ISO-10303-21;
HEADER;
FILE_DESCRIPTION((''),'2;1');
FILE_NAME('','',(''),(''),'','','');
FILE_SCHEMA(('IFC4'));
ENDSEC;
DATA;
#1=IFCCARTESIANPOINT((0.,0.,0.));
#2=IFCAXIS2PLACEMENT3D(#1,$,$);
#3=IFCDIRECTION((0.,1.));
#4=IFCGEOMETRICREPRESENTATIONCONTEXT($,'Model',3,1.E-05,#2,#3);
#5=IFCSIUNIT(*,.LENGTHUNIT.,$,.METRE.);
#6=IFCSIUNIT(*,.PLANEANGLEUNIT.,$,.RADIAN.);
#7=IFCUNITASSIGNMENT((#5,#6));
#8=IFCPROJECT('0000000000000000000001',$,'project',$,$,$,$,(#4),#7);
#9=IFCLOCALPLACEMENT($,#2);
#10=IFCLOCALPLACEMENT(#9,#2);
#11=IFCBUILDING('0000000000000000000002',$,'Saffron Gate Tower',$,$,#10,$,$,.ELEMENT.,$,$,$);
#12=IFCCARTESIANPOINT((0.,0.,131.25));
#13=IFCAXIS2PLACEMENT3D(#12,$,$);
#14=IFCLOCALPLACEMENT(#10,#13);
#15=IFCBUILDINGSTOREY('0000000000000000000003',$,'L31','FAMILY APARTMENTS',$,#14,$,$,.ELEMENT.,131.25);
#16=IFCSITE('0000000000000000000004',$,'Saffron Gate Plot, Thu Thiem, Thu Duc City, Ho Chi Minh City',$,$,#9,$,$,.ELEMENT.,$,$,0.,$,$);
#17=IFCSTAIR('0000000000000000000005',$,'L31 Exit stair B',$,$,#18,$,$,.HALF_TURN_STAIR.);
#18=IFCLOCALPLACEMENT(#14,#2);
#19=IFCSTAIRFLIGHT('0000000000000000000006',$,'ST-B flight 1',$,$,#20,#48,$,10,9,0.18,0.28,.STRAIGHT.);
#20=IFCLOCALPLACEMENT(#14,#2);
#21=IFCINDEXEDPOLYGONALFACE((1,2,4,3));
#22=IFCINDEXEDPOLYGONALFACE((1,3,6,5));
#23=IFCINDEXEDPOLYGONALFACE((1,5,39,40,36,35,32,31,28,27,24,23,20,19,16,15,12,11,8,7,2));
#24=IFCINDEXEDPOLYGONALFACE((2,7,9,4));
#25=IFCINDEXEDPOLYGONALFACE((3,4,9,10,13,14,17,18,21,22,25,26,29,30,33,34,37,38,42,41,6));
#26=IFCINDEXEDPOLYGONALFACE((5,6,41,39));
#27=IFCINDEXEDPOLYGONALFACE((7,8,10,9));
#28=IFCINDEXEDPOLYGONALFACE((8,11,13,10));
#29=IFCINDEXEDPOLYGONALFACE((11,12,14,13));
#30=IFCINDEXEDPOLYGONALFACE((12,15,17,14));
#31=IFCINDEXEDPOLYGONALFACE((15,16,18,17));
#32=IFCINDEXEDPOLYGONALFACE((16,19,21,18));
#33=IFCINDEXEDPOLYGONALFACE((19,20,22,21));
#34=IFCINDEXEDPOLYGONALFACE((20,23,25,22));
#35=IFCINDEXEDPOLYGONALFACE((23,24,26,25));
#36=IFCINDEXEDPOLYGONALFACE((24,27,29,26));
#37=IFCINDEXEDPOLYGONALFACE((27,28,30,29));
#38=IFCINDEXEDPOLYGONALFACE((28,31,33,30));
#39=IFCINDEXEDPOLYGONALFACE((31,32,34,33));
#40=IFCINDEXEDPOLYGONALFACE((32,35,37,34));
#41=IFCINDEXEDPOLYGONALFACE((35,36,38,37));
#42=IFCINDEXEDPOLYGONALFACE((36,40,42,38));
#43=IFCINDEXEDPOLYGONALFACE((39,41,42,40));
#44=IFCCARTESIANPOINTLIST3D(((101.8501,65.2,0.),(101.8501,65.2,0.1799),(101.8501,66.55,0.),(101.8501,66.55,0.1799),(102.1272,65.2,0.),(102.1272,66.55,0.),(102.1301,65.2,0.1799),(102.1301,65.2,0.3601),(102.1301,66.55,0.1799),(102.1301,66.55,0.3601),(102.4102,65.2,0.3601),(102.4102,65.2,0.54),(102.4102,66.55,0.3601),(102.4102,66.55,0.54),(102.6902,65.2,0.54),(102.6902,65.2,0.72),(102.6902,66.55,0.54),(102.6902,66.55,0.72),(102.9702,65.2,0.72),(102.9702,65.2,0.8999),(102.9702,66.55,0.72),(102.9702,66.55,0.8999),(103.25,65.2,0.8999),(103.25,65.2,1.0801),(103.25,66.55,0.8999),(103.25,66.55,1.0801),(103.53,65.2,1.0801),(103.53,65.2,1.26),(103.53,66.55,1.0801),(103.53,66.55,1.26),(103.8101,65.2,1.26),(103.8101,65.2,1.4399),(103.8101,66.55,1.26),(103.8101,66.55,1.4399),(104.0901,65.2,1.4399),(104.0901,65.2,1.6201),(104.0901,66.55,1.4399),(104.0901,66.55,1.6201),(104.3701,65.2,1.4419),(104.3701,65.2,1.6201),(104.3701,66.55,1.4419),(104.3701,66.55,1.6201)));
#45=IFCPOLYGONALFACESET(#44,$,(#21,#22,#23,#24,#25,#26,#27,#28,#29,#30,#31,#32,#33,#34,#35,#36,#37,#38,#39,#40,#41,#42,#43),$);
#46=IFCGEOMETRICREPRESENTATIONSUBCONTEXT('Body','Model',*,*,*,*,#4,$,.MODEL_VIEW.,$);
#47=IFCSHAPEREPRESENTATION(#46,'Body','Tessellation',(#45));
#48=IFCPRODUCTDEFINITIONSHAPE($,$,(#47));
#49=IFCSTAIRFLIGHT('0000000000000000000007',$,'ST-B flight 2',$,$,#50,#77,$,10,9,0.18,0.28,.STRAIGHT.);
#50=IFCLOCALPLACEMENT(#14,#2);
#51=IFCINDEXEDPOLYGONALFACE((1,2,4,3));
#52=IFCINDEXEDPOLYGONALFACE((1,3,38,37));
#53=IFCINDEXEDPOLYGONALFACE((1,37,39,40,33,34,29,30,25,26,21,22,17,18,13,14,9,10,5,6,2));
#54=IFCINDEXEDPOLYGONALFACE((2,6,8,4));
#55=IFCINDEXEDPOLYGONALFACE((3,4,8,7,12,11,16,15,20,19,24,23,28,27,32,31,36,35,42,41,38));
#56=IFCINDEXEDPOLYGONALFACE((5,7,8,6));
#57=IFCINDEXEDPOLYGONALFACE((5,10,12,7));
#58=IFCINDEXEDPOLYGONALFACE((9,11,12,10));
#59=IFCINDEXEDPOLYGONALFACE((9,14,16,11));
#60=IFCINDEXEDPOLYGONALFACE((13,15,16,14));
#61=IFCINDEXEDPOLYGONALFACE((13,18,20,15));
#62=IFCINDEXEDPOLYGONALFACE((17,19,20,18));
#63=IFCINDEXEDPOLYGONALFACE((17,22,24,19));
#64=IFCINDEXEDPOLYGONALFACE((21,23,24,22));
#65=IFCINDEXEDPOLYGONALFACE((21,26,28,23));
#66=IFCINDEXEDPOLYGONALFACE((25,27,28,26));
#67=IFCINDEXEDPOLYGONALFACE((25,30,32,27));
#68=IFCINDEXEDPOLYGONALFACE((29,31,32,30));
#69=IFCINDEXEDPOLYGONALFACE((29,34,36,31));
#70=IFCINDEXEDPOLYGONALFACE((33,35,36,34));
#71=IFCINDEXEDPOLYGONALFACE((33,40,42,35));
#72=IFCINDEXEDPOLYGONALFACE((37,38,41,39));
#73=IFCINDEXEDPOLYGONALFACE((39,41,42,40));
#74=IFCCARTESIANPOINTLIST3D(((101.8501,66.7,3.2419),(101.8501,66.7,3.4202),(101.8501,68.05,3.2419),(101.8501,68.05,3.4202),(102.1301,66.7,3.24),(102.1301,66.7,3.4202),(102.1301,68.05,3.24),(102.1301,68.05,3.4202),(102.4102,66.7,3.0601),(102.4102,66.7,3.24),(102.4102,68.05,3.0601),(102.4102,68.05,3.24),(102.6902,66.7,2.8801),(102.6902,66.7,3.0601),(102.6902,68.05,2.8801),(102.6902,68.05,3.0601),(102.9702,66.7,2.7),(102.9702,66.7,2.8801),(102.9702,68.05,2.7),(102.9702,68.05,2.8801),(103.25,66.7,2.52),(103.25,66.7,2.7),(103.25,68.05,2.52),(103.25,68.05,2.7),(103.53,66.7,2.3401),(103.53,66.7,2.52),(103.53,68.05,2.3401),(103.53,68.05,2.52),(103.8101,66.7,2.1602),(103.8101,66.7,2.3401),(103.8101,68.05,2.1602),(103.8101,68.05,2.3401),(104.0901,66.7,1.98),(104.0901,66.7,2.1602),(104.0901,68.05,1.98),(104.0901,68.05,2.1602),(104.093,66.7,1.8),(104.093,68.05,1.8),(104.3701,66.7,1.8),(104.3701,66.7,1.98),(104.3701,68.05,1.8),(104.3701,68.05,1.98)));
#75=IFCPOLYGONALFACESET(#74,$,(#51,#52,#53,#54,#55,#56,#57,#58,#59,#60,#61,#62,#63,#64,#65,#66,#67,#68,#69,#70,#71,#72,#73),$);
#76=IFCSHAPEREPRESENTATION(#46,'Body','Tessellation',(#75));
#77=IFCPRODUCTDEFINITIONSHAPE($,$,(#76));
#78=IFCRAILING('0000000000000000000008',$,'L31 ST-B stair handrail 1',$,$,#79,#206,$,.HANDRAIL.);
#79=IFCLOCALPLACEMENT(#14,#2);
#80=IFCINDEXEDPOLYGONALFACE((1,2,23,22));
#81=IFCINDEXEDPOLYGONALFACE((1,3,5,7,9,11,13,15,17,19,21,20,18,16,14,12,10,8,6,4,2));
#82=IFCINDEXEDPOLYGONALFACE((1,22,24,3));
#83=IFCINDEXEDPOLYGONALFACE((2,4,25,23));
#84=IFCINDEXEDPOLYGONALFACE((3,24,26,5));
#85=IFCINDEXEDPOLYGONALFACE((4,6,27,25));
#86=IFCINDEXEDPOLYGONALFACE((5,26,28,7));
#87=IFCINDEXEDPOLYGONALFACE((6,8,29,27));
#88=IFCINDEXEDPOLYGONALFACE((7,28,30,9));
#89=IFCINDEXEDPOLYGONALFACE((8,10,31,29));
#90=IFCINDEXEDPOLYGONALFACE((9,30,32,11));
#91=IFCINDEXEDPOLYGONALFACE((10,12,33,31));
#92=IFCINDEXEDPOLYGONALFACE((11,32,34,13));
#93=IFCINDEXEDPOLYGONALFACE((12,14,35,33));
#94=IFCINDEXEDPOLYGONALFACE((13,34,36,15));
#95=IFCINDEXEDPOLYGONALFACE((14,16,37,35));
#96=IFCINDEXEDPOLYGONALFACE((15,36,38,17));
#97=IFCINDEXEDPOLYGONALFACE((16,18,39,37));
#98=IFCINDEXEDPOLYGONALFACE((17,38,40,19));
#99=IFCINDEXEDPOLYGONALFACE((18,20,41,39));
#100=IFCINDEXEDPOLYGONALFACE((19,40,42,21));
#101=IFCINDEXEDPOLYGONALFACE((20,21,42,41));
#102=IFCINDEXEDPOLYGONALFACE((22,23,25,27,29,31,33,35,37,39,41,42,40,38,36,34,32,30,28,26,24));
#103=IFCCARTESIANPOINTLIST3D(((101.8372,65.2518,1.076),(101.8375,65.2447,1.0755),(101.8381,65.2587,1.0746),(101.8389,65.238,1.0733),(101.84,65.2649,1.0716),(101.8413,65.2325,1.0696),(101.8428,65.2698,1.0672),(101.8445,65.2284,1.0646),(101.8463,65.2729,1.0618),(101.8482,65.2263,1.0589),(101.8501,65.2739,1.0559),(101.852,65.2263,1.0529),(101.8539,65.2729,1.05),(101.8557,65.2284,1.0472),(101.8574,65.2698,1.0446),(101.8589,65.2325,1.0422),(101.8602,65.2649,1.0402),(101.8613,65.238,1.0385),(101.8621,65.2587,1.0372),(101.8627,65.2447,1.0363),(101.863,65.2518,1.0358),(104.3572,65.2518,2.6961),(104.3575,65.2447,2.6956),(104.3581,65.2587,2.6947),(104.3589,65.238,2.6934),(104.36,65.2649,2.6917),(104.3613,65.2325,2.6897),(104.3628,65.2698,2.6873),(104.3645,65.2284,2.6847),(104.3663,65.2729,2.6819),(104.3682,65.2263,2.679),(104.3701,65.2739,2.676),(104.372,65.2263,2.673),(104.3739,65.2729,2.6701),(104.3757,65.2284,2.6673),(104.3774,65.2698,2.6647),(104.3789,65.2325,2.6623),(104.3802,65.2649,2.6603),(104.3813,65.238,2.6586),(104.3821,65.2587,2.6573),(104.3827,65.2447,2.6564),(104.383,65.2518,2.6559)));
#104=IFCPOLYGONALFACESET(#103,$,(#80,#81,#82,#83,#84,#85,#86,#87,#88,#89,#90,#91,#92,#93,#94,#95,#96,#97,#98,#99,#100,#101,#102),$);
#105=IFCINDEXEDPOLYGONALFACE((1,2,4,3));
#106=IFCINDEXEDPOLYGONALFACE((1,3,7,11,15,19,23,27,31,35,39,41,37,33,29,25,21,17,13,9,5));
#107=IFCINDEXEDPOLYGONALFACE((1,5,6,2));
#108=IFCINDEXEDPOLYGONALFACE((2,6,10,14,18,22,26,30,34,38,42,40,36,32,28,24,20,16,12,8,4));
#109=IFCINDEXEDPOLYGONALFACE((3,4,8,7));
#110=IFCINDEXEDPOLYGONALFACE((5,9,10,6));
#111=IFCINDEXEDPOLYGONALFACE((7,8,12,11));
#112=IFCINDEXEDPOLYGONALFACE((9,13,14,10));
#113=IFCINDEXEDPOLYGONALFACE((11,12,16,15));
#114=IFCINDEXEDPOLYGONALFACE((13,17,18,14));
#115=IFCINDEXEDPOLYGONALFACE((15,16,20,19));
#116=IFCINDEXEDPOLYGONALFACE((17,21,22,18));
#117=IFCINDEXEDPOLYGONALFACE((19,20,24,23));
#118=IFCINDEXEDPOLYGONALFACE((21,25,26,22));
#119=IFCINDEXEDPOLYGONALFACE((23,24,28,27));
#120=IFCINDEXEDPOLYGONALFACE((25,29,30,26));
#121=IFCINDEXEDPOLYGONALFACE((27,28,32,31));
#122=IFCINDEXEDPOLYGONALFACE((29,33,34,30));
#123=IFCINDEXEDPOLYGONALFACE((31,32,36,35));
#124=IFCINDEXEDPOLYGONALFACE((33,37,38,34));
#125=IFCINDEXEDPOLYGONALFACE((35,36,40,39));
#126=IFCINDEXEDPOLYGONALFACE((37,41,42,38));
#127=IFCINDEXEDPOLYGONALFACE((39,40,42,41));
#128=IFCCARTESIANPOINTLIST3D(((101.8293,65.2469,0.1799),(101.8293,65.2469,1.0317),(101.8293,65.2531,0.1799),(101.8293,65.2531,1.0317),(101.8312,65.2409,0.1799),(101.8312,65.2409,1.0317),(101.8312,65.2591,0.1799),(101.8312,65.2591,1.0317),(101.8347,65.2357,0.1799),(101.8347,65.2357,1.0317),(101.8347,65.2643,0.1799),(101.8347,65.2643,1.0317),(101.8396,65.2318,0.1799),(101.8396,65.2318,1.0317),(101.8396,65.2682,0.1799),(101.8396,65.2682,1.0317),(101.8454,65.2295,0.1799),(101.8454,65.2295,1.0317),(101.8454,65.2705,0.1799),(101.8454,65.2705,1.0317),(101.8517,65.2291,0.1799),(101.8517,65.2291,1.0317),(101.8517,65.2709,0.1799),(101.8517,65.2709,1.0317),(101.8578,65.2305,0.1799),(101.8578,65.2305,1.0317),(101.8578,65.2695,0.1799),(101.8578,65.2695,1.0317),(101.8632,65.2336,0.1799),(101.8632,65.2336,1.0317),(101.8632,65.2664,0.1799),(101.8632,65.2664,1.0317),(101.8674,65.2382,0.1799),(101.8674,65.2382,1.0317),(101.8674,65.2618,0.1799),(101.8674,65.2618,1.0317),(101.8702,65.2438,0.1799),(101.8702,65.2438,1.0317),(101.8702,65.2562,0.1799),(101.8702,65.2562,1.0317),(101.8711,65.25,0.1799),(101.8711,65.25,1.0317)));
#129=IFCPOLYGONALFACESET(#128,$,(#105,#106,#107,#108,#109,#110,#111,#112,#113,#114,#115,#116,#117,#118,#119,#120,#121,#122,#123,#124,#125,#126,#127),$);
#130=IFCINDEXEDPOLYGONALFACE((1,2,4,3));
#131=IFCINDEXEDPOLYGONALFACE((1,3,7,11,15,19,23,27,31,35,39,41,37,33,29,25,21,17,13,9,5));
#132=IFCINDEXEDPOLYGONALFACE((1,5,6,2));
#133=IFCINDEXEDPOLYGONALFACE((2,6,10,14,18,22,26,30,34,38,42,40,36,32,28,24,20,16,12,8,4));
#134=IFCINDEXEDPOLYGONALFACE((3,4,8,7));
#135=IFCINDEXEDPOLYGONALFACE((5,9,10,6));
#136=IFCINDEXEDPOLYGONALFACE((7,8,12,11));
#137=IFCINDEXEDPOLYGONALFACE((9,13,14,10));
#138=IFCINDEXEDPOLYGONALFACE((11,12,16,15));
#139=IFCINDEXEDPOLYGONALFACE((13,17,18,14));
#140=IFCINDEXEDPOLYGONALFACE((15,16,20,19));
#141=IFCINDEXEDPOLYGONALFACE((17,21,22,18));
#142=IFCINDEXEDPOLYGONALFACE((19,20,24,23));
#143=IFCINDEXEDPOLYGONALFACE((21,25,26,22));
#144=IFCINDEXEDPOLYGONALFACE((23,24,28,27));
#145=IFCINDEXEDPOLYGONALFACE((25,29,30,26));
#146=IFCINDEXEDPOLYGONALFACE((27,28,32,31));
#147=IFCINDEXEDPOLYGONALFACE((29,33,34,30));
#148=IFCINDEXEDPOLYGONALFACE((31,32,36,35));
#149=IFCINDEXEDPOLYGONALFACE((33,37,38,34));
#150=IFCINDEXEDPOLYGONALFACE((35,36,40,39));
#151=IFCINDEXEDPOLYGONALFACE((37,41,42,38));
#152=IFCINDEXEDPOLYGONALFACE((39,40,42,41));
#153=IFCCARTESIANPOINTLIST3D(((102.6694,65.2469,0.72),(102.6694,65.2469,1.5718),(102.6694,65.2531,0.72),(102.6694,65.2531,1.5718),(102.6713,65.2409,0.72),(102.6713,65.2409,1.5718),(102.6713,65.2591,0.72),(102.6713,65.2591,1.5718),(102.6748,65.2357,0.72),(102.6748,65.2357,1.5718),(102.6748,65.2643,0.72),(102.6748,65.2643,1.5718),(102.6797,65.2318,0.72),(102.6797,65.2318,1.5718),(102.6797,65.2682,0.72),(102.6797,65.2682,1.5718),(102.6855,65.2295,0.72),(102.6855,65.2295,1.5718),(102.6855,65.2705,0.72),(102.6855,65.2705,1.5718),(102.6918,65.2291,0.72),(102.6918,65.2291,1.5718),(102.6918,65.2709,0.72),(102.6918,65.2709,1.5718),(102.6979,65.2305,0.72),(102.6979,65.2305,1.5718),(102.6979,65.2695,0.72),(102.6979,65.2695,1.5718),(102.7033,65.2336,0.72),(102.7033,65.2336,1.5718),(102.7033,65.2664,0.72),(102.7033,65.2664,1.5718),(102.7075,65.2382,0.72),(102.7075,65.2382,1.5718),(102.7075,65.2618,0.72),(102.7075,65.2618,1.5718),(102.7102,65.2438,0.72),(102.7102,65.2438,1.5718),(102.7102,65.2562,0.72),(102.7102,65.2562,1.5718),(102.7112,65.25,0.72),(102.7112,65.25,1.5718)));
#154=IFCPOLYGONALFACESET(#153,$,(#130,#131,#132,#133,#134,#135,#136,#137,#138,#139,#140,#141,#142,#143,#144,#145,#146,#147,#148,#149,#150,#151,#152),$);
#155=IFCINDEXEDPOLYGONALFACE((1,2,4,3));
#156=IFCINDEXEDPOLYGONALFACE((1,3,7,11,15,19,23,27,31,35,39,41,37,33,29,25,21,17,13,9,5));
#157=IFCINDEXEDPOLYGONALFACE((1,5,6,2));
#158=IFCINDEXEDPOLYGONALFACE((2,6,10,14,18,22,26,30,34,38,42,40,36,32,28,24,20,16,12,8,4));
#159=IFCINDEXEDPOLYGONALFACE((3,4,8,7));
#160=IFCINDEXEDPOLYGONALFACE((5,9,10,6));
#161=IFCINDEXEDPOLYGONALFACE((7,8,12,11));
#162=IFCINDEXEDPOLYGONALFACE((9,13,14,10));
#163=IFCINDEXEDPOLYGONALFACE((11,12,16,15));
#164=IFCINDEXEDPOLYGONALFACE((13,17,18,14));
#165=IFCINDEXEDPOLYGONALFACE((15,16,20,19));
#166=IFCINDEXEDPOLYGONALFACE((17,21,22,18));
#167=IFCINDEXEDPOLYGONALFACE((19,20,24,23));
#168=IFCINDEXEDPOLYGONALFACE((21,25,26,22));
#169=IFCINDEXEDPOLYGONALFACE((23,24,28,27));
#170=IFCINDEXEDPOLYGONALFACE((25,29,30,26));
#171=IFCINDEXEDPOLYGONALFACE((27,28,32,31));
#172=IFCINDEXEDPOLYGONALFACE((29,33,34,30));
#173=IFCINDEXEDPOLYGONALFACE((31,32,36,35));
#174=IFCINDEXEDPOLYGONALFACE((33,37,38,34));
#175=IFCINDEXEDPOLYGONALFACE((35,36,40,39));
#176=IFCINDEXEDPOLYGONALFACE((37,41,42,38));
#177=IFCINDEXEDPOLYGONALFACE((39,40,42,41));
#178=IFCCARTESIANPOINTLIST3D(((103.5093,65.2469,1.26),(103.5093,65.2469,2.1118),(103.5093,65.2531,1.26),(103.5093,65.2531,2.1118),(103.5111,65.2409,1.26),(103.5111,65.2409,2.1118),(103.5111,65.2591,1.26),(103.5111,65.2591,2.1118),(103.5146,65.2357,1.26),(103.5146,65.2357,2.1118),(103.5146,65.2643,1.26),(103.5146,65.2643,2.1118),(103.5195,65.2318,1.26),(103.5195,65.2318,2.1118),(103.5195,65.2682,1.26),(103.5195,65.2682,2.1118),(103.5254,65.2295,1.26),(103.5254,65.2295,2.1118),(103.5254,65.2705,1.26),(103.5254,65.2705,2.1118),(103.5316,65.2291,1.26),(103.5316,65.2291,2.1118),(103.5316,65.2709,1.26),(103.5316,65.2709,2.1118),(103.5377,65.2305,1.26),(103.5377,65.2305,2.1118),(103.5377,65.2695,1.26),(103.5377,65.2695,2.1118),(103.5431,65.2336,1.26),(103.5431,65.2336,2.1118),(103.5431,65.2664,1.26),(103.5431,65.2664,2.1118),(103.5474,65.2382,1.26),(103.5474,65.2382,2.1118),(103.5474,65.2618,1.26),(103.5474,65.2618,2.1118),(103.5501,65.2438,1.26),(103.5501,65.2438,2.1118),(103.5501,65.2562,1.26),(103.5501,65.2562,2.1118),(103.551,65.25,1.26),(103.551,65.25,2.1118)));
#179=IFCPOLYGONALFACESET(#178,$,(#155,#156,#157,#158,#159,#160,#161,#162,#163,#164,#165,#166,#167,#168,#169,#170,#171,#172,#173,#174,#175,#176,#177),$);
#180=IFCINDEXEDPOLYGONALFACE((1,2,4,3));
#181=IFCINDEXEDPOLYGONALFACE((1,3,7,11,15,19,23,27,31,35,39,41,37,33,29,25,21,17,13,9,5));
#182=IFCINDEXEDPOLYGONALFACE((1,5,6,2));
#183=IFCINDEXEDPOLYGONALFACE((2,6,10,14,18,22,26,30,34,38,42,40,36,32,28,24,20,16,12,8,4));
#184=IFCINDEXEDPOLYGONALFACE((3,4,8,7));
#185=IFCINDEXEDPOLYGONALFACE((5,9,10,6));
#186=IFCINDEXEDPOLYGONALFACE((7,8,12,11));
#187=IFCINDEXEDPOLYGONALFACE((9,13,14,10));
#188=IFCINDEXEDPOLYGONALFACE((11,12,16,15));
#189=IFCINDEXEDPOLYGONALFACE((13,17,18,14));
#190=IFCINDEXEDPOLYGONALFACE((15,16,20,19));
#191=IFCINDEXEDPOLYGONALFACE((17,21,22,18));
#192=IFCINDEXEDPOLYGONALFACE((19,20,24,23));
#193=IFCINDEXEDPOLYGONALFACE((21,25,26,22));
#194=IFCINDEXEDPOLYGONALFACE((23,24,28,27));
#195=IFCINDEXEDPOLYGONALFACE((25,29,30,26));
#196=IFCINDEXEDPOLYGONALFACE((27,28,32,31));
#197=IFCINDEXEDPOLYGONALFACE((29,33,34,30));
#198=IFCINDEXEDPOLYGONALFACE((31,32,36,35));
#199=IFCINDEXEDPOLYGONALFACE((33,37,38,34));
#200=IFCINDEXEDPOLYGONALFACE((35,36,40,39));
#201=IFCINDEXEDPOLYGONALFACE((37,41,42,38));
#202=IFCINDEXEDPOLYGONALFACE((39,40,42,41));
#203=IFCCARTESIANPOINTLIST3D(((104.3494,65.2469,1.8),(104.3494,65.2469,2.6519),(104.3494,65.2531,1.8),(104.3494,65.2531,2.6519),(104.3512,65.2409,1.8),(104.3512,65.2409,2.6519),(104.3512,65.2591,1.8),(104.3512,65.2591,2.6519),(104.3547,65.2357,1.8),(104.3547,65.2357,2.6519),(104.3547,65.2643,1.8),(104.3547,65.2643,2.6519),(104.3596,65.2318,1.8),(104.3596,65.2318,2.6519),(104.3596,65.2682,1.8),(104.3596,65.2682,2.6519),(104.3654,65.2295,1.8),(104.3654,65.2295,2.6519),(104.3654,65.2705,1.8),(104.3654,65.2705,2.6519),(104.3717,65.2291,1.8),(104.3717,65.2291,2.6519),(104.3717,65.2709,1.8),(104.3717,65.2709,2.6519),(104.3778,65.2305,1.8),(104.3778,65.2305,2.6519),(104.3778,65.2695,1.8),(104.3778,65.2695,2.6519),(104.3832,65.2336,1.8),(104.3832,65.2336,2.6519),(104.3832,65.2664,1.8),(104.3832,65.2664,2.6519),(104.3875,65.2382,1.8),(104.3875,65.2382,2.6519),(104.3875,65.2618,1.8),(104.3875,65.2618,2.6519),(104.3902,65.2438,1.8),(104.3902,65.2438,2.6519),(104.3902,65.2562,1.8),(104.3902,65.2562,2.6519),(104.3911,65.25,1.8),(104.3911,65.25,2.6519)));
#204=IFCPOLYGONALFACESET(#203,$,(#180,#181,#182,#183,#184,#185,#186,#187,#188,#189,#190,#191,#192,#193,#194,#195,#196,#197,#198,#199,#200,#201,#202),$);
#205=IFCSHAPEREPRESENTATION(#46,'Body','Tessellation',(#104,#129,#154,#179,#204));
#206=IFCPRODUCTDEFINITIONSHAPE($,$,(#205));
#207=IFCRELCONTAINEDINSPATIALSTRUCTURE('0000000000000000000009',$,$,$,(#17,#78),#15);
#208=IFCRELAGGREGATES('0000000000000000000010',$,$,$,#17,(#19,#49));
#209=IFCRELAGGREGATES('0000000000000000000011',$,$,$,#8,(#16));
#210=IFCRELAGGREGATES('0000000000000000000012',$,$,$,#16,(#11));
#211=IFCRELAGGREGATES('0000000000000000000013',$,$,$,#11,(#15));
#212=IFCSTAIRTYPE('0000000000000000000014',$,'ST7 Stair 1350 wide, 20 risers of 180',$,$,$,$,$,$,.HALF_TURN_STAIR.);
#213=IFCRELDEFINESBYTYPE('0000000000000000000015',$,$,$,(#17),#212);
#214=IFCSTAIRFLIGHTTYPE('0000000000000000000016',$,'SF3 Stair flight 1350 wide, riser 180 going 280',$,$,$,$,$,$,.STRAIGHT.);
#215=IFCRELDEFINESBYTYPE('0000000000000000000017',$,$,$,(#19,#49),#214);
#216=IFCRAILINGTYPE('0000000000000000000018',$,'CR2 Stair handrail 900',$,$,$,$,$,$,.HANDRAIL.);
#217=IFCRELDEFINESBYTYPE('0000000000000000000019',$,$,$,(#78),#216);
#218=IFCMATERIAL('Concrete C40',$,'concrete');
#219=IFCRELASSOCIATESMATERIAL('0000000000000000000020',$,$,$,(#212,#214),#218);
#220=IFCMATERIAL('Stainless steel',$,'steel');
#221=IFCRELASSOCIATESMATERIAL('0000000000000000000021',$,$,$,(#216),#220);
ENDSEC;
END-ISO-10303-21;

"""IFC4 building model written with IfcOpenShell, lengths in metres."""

from ifc_helpers import new_model, si_unit, direction, frame, origin, origin_2d, place, context, subcontext, project, spatial, polyline, circle, outline, extrude, material, type_object, element, aggregate, save


model = new_model("IFC4")

# Units and contexts
model_context = context("Model", 3, precision=1e-05, world=origin(), true_north=direction((0.0, 1.0)))
body_context = subcontext(model_context, "Body", "Model", "MODEL_VIEW")
ifc_project = project(units=[si_unit("LENGTHUNIT", "METRE"), si_unit("PLANEANGLEUNIT", "RADIAN")], contexts=[model_context])

# Site, building, storey
site_placement = place(None, origin())
site = spatial("IfcSite", under=ifc_project, at=site_placement, Name="Saffron Gate Plot, Thu Thiem, Thu Duc City, Ho Chi Minh City", CompositionType="ELEMENT", RefElevation=0.0)
building_placement = place(site_placement, origin())
building = spatial("IfcBuilding", under=site, at=building_placement, Name="Saffron Gate Tower", CompositionType="ELEMENT")
storey_placement = place(building_placement, frame((0.0, 0.0, 131.25)))
storey = spatial("IfcBuildingStorey", under=building, at=storey_placement, Name="L31", Description="FAMILY APARTMENTS", CompositionType="ELEMENT", Elevation=131.25)

# Stair, stair flights
ifc_material_1 = material(Name="Concrete C40", Category="concrete")
stair_type = type_object("IfcStairType", Name="ST7 Stair 1350 wide, 20 risers of 180", PredefinedType="HALF_TURN_STAIR", material=ifc_material_1)
stair_placement = place(storey_placement, origin())
stair = element("IfcStair", 1, at=stair_placement, inside=storey, type_object=stair_type, Name="L31 Exit stair B", PredefinedType="HALF_TURN_STAIR")
stair_flight_type = type_object("IfcStairFlightType", Name="SF3 Stair flight 1350 wide, riser 180 going 280", PredefinedType="STRAIGHT", material=ifc_material_1)
stair_flight_1_placement = place(storey_placement, frame((101.8501, 65.875, 0.0), z_axis=(0.0, 0.0, 1.0), x_axis=(1.0, 0.0, 0.0)))
stair_flight_1 = element("IfcStairFlight", 2, at=stair_flight_1_placement, type_object=stair_flight_type, Name="ST-B flight 1", NumberOfRisers=10, NumberOfTreads=9, PredefinedType="STRAIGHT", RiserHeight=0.18, TreadLength=0.28, context=body_context, shape_type="SweptSolid", body=[
    extrude(outline(polyline([(0.0, 0.0), (0.0, 0.1799), (0.28, 0.1799), (0.28, 0.3601), (0.5601, 0.3601), (0.5601, 0.54), (0.8401, 0.54), (0.8401, 0.72), (1.1201, 0.72), (1.1201, 0.8999), (1.3999, 0.8999), (1.3999, 1.0801), (1.6799, 1.0801), (1.6799, 1.26), (1.96, 1.26), (1.96, 1.4399), (2.24, 1.4399), (2.24, 1.6201), (2.52, 1.6201), (2.52, 1.8), (2.52, 1.4419), (0.2771, 0.0), (0.0, 0.0)])), frame((0.0, 0.675, 0.0), z_axis=(0.0, -1.0, 0.0), x_axis=(1.0, 0.0, 0.0)), (0.0, 0.0, 1.0), 1.3501),
])
stair_flight_2_placement = place(storey_placement, frame((104.3701, 67.375, 1.8), z_axis=(0.0, 0.0, 1.0), x_axis=(-1.0, 0.0, 0.0)))
stair_flight_2 = element("IfcStairFlight", 3, at=stair_flight_2_placement, type_object=stair_flight_type, Name="ST-B flight 2", NumberOfRisers=10, NumberOfTreads=9, PredefinedType="STRAIGHT", RiserHeight=0.18, TreadLength=0.28, context=body_context, shape_type="SweptSolid", body=[
    extrude(outline(polyline([(0.0, 0.0), (0.0, 0.1799), (0.28, 0.1799), (0.28, 0.3601), (0.5601, 0.3601), (0.5601, 0.54), (0.8401, 0.54), (0.8401, 0.72), (1.1201, 0.72), (1.1201, 0.8999), (1.3999, 0.8999), (1.3999, 1.0801), (1.6799, 1.0801), (1.6799, 1.26), (1.96, 1.26), (1.96, 1.4399), (2.24, 1.4399), (2.24, 1.6201), (2.52, 1.6201), (2.52, 1.8), (2.52, 1.4419), (0.2771, 0.0), (0.0, 0.0)])), frame((0.0, 0.675, 0.0), z_axis=(0.0, -1.0, 0.0), x_axis=(1.0, 0.0, 0.0)), (0.0, 0.0, 1.0), 1.3501),
])
aggregate(stair, [stair_flight_1, stair_flight_2])

# Railing
ifc_material_2 = material(Name="Stainless steel", Category="steel")
railing_type_1 = type_object("IfcRailingType", Name="CR2 Stair handrail 900", PredefinedType="HANDRAIL", material=ifc_material_2)
railing_1_placement = place(storey_placement, frame((101.8501, 65.25, 0.1799)))
element("IfcRailing", 4, at=railing_1_placement, inside=storey, type_object=railing_type_1, Name="L31 ST-B stair handrail 1", PredefinedType="HANDRAIL", context=body_context, shape_type="SweptSolid", body=[
    extrude(circle(Radius=0.0239, at=origin_2d()), frame((0.0, 0.0, 0.876), z_axis=(0.841163, 0.0, 0.540782), x_axis=(0.0, 1.0, 0.0)), (0.0, 0.0, 1.0), 2.9958),
    extrude(circle(Radius=0.021, at=origin_2d()), origin(), (0.0, 0.0, 1.0), 0.8518),
    extrude(circle(Radius=0.021, at=origin_2d()), frame((0.8401, 0.0, 0.54)), (0.0, 0.0, 1.0), 0.8518),
    extrude(circle(Radius=0.021, at=origin_2d()), frame((1.6799, 0.0, 1.0801)), (0.0, 0.0, 1.0), 0.8518),
    extrude(circle(Radius=0.021, at=origin_2d()), frame((2.52, 0.0, 1.6201)), (0.0, 0.0, 1.0), 0.8518),
])

save(model, "model.ifc")
